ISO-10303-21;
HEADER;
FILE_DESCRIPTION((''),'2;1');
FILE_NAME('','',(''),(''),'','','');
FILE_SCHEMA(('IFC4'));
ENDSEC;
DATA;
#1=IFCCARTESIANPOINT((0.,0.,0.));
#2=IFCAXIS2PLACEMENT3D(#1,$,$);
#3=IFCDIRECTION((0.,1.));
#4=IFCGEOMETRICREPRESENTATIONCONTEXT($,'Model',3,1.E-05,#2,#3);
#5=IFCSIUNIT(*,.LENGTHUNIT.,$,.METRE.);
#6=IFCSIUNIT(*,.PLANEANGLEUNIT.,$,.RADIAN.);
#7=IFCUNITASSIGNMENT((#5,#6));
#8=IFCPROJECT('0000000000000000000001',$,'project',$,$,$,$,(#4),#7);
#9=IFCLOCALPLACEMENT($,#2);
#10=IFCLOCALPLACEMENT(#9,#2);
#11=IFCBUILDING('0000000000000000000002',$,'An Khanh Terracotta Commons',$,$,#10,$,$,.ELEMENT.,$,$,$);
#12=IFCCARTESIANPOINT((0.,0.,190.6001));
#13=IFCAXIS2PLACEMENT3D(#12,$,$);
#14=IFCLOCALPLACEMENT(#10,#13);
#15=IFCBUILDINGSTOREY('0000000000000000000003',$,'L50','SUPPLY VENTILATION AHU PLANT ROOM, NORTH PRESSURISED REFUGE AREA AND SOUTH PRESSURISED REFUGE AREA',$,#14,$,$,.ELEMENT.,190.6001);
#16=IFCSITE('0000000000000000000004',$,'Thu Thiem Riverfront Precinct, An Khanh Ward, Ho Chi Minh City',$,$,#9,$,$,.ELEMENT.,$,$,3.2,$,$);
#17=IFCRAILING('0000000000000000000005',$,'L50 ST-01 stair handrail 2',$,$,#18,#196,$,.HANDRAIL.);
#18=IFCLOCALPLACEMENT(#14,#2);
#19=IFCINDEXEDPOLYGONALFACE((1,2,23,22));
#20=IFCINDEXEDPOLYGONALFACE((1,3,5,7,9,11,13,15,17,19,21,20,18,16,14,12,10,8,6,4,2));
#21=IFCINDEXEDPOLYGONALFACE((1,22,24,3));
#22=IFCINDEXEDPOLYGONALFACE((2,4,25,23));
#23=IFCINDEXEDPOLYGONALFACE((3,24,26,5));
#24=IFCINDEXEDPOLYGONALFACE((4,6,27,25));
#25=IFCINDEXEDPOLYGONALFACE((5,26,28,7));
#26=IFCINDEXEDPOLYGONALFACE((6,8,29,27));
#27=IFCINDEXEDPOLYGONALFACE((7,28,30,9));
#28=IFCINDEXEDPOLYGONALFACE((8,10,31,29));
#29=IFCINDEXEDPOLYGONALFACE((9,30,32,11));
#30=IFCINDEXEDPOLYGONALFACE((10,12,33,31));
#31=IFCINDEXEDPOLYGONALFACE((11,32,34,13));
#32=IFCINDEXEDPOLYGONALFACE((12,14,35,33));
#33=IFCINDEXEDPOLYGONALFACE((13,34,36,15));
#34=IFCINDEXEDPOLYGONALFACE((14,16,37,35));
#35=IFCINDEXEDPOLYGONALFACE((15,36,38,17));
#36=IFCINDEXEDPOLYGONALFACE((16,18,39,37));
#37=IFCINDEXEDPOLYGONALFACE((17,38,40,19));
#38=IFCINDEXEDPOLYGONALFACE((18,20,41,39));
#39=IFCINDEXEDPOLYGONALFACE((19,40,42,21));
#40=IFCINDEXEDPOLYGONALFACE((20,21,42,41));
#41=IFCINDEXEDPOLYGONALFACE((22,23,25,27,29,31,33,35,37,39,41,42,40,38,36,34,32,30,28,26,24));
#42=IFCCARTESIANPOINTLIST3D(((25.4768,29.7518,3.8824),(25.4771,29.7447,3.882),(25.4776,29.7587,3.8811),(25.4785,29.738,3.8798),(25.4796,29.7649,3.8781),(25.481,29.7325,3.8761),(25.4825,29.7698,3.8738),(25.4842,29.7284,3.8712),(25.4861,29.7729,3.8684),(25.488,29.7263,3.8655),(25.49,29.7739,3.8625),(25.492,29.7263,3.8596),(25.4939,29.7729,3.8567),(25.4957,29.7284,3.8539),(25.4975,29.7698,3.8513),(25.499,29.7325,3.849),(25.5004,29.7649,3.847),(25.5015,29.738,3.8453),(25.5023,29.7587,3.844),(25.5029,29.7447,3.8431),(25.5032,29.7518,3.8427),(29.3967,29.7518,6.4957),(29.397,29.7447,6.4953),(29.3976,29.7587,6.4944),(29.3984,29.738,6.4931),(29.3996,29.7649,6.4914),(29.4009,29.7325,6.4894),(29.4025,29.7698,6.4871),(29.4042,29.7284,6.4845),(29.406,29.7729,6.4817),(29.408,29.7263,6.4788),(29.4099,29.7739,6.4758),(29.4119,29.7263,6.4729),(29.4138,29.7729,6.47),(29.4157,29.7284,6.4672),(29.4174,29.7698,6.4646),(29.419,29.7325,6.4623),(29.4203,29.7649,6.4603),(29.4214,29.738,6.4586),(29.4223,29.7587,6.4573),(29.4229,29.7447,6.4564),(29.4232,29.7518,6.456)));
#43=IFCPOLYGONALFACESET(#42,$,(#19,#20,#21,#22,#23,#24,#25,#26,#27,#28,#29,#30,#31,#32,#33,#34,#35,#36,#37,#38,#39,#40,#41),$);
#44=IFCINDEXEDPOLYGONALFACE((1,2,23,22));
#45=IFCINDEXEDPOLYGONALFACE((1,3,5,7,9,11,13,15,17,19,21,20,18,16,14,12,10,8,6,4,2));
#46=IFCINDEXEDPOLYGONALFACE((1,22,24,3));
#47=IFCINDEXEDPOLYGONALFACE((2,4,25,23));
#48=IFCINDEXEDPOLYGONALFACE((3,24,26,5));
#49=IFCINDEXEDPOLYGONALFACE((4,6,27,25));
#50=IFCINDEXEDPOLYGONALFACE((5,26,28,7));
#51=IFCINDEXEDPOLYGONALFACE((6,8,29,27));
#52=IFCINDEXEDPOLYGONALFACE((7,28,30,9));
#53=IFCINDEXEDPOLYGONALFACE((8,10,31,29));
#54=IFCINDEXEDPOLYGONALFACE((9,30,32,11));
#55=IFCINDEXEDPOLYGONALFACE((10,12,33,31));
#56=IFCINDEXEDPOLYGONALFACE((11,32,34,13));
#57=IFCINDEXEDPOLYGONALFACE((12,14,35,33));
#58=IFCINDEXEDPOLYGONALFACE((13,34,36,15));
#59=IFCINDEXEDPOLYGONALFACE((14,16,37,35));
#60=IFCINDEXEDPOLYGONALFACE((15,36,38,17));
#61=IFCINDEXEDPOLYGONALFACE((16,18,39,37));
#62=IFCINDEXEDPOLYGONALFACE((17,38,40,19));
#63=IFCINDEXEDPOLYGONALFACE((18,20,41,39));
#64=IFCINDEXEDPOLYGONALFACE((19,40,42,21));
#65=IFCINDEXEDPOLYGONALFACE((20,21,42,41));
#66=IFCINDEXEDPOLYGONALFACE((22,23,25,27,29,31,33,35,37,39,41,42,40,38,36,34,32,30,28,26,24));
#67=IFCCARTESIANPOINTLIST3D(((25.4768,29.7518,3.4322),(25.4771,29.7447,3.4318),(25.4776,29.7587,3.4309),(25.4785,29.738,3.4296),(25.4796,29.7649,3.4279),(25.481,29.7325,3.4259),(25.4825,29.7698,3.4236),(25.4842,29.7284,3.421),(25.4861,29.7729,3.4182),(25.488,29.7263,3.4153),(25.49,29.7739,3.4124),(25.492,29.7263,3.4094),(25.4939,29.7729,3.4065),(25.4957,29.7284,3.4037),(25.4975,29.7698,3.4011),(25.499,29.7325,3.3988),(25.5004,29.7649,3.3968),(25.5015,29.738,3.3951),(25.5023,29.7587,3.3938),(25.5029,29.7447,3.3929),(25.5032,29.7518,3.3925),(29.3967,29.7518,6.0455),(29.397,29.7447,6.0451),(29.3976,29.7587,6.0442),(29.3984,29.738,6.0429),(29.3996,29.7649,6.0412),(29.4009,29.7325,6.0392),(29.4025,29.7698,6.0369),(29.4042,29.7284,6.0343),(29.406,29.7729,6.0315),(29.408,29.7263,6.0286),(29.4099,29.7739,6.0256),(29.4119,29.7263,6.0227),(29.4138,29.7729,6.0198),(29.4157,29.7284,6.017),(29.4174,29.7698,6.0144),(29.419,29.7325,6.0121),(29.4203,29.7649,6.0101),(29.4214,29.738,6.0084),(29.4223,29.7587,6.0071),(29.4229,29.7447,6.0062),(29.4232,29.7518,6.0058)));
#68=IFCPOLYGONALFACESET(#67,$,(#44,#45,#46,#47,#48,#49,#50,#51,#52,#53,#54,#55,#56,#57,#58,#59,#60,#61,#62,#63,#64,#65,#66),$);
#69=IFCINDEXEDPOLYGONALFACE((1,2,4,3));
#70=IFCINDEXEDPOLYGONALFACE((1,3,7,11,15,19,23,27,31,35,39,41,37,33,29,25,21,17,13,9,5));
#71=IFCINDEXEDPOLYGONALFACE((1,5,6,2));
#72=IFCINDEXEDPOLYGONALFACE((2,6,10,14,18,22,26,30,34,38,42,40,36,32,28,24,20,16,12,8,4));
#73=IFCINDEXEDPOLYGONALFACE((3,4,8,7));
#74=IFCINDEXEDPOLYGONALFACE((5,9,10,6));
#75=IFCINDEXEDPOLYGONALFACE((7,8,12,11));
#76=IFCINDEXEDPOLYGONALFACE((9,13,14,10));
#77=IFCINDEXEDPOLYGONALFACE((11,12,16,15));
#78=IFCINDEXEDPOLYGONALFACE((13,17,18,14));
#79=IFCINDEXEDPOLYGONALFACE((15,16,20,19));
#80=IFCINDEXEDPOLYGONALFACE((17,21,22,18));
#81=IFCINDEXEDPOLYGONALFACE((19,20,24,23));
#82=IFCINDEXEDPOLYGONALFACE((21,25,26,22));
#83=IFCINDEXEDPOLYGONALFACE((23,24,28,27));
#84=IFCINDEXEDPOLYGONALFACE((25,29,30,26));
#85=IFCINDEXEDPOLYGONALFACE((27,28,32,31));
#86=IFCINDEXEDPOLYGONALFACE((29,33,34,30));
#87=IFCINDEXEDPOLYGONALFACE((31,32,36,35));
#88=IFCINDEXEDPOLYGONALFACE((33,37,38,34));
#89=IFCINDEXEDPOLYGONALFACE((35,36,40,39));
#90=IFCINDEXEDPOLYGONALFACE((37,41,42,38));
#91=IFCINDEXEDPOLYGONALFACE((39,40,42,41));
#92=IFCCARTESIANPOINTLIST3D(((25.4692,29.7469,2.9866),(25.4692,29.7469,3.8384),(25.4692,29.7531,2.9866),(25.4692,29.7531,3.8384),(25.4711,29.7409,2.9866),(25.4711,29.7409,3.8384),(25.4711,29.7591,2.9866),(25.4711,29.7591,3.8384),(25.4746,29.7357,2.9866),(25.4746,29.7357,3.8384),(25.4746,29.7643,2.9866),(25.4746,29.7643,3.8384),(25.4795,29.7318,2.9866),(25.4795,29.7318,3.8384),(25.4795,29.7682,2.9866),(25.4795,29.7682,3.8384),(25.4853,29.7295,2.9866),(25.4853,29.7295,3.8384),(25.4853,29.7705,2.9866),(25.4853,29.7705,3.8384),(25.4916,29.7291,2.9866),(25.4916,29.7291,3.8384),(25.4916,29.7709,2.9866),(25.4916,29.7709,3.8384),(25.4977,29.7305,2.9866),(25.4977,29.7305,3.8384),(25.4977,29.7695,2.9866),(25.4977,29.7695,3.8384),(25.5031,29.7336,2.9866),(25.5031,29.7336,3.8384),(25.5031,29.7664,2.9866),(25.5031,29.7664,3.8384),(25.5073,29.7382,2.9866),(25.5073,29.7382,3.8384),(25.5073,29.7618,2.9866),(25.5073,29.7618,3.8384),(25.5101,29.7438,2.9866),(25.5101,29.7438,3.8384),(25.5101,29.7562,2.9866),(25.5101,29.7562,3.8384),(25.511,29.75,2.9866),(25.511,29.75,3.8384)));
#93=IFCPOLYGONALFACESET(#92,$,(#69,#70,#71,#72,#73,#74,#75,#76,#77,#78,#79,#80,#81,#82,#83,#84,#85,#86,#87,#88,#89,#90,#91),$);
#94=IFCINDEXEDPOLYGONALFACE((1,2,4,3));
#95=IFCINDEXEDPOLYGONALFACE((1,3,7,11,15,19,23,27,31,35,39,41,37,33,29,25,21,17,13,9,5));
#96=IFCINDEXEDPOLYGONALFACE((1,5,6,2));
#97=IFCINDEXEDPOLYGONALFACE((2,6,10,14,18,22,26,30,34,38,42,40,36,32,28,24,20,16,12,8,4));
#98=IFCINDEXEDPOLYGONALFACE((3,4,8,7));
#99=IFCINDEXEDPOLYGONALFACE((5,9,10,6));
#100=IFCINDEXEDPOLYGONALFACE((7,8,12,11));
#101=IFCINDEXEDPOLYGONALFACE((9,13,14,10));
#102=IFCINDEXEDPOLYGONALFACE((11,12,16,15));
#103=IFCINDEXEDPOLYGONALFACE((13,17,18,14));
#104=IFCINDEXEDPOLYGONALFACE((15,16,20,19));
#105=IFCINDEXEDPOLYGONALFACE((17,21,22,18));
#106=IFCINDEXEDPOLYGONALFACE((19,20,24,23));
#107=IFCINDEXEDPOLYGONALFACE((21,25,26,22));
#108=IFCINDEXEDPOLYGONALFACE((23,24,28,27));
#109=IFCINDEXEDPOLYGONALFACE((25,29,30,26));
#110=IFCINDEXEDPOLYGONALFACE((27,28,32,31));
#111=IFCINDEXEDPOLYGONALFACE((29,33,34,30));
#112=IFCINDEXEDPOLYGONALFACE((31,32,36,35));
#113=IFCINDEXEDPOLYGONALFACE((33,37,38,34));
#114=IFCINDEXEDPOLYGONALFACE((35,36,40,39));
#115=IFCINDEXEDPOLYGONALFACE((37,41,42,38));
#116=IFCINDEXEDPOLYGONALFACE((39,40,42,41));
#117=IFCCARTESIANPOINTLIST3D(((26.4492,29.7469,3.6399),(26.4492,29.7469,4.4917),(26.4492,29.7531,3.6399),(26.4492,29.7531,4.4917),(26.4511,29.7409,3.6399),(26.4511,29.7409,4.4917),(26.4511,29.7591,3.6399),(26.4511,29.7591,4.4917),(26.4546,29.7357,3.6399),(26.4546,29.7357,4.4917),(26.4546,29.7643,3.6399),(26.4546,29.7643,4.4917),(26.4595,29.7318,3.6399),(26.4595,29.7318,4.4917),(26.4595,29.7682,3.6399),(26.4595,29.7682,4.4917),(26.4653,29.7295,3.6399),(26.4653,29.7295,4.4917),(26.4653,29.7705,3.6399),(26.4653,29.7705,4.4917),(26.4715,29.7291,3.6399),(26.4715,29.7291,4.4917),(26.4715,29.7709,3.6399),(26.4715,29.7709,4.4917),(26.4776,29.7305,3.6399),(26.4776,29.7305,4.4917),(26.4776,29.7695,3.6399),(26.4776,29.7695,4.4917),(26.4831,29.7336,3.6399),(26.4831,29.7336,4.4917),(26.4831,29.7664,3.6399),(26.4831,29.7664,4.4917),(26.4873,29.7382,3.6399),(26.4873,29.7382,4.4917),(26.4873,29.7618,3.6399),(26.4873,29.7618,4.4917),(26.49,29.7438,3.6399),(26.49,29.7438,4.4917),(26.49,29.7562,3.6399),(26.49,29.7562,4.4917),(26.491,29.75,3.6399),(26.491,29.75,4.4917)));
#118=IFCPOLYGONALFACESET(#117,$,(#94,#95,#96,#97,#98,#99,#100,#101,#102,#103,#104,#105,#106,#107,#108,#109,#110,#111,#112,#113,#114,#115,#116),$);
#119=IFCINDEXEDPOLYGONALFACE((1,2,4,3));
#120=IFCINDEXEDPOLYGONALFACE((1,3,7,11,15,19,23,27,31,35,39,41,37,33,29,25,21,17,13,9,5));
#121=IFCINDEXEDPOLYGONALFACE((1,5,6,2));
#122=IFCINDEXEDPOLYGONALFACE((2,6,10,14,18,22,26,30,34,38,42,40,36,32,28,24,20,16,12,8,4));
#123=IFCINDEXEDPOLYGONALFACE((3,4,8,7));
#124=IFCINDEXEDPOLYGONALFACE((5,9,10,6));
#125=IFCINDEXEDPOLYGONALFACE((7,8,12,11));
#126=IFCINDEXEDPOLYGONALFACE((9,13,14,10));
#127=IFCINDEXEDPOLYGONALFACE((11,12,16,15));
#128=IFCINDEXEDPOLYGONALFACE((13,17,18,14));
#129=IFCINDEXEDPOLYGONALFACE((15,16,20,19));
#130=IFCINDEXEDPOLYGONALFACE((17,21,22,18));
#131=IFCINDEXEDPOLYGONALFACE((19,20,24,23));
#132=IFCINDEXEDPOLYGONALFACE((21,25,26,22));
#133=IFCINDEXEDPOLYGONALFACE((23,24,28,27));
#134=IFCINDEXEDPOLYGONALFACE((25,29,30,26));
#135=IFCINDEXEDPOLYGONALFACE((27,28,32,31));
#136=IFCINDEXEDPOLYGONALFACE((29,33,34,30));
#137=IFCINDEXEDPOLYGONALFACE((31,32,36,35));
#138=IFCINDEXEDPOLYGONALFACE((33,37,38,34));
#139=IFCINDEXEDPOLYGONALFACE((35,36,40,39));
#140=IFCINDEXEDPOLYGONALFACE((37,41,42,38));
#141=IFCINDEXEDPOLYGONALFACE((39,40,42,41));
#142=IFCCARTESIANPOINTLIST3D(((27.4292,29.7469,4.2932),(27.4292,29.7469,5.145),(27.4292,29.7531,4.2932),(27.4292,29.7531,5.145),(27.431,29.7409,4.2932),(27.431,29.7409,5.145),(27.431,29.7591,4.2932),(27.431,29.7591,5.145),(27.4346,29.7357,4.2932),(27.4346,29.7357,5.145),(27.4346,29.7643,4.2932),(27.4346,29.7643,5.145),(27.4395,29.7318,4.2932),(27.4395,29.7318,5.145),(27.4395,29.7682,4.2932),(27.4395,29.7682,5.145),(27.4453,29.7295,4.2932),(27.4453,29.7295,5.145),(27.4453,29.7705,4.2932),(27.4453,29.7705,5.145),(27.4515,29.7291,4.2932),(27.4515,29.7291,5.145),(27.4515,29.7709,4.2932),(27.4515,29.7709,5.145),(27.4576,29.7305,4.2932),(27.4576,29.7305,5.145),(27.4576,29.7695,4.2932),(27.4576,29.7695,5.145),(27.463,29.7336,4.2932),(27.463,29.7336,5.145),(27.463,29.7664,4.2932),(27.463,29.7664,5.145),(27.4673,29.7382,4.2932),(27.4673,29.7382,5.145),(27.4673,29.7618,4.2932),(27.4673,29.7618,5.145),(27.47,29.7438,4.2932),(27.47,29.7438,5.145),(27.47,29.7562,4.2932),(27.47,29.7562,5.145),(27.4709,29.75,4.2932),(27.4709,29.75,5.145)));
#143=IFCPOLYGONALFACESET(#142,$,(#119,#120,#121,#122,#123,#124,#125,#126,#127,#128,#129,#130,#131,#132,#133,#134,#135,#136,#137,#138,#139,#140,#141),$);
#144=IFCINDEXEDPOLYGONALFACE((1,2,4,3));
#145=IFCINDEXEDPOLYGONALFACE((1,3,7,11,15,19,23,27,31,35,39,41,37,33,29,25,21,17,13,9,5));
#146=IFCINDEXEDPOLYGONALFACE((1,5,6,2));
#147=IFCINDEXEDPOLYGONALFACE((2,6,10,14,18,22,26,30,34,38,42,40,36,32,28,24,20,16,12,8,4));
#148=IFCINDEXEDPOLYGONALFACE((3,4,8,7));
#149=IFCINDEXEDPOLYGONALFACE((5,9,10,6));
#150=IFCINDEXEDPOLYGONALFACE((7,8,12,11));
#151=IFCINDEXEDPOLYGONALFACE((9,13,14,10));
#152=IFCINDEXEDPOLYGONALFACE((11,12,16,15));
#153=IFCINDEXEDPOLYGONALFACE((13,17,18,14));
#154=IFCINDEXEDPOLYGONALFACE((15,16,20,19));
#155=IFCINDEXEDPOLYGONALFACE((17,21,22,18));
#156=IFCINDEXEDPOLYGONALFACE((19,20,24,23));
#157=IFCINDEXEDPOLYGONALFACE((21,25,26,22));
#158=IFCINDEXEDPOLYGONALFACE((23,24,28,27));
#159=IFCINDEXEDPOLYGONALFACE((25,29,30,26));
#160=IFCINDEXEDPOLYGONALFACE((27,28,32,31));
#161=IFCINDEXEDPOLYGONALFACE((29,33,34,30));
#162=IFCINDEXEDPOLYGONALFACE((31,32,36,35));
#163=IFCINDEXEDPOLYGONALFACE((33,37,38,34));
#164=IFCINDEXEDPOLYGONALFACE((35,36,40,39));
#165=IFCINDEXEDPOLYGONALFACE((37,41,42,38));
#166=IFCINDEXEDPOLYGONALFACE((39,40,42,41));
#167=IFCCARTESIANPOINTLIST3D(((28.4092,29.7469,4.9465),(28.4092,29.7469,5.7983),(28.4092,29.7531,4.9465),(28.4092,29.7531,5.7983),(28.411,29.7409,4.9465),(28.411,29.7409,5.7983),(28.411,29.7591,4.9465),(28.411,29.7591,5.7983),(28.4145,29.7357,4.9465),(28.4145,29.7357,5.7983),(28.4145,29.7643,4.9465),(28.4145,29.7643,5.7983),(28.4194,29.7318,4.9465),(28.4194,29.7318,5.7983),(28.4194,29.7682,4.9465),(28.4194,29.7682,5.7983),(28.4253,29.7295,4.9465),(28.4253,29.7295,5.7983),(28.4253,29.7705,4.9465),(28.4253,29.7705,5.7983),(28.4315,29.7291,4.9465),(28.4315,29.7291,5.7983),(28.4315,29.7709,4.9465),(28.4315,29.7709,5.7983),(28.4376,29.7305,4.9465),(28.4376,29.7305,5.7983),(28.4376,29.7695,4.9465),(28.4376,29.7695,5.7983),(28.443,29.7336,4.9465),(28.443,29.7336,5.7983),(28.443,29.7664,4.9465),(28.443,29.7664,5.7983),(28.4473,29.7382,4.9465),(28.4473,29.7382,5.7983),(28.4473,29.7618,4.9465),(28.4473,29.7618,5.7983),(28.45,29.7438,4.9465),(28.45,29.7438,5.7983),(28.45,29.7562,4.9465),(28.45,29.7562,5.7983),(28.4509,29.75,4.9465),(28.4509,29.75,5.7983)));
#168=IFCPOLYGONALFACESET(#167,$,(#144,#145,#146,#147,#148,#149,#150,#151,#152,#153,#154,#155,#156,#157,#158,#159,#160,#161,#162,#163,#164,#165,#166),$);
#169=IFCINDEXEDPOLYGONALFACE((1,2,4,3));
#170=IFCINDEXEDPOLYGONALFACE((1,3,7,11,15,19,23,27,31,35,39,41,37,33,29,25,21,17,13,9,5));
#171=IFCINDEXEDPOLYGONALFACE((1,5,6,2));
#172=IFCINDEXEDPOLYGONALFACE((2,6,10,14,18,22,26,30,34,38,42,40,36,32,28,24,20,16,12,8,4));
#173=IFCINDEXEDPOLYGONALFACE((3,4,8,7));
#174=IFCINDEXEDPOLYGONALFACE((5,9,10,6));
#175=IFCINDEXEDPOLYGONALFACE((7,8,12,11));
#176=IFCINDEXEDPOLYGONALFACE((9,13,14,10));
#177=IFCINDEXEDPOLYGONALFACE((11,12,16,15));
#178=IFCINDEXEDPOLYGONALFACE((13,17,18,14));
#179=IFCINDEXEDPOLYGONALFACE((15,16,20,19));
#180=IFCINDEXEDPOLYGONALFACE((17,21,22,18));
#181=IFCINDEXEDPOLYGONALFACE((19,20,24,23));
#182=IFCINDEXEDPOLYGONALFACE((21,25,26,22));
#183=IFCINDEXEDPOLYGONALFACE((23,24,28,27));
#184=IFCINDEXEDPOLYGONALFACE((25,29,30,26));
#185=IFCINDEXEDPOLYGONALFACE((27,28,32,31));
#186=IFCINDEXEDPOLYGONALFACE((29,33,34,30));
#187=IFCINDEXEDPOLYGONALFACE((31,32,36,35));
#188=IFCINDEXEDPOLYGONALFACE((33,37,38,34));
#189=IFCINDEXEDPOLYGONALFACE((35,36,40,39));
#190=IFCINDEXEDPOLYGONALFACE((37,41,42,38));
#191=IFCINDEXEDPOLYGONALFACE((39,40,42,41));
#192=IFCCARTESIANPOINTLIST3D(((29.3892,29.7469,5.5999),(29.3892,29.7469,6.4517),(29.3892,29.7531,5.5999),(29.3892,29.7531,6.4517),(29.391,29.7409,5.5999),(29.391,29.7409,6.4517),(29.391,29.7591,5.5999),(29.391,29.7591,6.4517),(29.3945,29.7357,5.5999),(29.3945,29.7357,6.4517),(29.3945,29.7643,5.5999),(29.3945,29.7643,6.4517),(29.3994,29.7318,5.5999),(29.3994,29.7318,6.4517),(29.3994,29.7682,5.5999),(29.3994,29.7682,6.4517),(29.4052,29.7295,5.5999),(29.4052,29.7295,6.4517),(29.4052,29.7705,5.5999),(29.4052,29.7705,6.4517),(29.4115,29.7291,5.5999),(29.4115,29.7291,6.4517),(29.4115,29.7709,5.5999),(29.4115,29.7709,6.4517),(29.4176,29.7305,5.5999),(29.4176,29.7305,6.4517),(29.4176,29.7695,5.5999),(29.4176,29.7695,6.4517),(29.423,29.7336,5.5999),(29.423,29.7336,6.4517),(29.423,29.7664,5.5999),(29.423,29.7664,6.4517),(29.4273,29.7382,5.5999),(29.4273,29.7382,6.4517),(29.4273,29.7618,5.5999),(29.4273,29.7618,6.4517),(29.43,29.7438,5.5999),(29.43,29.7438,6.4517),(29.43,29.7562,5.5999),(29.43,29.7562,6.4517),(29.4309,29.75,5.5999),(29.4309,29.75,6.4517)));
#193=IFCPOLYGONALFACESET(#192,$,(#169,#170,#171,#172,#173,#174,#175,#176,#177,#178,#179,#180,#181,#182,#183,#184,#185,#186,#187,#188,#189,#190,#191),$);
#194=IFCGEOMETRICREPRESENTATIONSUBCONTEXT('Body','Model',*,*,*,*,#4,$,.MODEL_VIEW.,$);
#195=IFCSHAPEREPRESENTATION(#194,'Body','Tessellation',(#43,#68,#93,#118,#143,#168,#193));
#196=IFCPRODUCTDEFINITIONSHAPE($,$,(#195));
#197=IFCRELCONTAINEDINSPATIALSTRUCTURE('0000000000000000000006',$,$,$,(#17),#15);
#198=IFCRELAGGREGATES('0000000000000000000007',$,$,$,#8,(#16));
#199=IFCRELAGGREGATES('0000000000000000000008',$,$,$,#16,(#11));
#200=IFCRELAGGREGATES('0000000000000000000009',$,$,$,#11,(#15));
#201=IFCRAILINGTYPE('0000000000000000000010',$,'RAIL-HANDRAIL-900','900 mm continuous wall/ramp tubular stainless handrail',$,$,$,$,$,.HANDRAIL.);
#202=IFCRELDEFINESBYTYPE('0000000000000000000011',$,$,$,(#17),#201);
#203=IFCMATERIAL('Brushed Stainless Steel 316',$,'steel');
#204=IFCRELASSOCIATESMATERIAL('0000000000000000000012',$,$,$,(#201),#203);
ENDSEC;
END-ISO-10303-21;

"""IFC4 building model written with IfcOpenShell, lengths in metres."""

from ifc_helpers import new_model, si_unit, direction, frame, origin, origin_2d, place, context, subcontext, project, spatial, circle, extrude, material, type_object, element, save


model = new_model("IFC4")

# Units and contexts
model_context = context("Model", 3, precision=1e-05, world=origin(), true_north=direction((0.0, 1.0)))
body_context = subcontext(model_context, "Body", "Model", "MODEL_VIEW")
ifc_project = project(units=[si_unit("LENGTHUNIT", "METRE"), si_unit("PLANEANGLEUNIT", "RADIAN")], contexts=[model_context])

# Site, building, storey
site_placement = place(None, origin())
site = spatial("IfcSite", under=ifc_project, at=site_placement, Name="Thu Thiem Riverfront Precinct, An Khanh Ward, Ho Chi Minh City", CompositionType="ELEMENT", RefElevation=3.2)
building_placement = place(site_placement, origin())
building = spatial("IfcBuilding", under=site, at=building_placement, Name="An Khanh Terracotta Commons", CompositionType="ELEMENT")
storey_placement = place(building_placement, frame((0.0, 0.0, 190.6001)))
storey = spatial("IfcBuildingStorey", under=building, at=storey_placement, Name="L50", Description="SUPPLY VENTILATION AHU PLANT ROOM, NORTH PRESSURISED REFUGE AREA AND SOUTH PRESSURISED REFUGE AREA", CompositionType="ELEMENT", Elevation=190.6001)

# Railing
ifc_material_1 = material(Name="Brushed Stainless Steel 316", Category="steel")
railing_type_1 = type_object("IfcRailingType", Name="RAIL-HANDRAIL-900", Description="900 mm continuous wall/ramp tubular stainless handrail", PredefinedType="HANDRAIL", material=ifc_material_1)
railing_1_placement = place(storey_placement, frame((25.49, 29.75, 2.9866)))
element("IfcRailing", 1, at=railing_1_placement, inside=storey, type_object=railing_type_1, Name="L50 ST-01 stair handrail 2", PredefinedType="HANDRAIL", context=body_context, shape_type="SweptSolid", body=[
    extrude(circle(Radius=0.0239, at=origin_2d()), frame((0.0, 0.0, 0.876), z_axis=(0.83205, 0.0, 0.5547), x_axis=(0.0, 1.0, 0.0)), (0.0, 0.0, 1.0), 4.7112),
    extrude(circle(Radius=0.0239, at=origin_2d()), frame((0.0, 0.0, 0.4258), z_axis=(0.83205, 0.0, 0.5547), x_axis=(0.0, 1.0, 0.0)), (0.0, 0.0, 1.0), 4.7112),
    extrude(circle(Radius=0.021, at=origin_2d()), origin(), (0.0, 0.0, 1.0), 0.8518),
    extrude(circle(Radius=0.021, at=origin_2d()), frame((0.98, 0.0, 0.6533)), (0.0, 0.0, 1.0), 0.8518),
    extrude(circle(Radius=0.021, at=origin_2d()), frame((1.96, 0.0, 1.3066)), (0.0, 0.0, 1.0), 0.8518),
    extrude(circle(Radius=0.021, at=origin_2d()), frame((2.9399, 0.0, 1.96)), (0.0, 0.0, 1.0), 0.8518),
    extrude(circle(Radius=0.021, at=origin_2d()), frame((3.9199, 0.0, 2.6133)), (0.0, 0.0, 1.0), 0.8518),
])

save(model, "model.ifc")
